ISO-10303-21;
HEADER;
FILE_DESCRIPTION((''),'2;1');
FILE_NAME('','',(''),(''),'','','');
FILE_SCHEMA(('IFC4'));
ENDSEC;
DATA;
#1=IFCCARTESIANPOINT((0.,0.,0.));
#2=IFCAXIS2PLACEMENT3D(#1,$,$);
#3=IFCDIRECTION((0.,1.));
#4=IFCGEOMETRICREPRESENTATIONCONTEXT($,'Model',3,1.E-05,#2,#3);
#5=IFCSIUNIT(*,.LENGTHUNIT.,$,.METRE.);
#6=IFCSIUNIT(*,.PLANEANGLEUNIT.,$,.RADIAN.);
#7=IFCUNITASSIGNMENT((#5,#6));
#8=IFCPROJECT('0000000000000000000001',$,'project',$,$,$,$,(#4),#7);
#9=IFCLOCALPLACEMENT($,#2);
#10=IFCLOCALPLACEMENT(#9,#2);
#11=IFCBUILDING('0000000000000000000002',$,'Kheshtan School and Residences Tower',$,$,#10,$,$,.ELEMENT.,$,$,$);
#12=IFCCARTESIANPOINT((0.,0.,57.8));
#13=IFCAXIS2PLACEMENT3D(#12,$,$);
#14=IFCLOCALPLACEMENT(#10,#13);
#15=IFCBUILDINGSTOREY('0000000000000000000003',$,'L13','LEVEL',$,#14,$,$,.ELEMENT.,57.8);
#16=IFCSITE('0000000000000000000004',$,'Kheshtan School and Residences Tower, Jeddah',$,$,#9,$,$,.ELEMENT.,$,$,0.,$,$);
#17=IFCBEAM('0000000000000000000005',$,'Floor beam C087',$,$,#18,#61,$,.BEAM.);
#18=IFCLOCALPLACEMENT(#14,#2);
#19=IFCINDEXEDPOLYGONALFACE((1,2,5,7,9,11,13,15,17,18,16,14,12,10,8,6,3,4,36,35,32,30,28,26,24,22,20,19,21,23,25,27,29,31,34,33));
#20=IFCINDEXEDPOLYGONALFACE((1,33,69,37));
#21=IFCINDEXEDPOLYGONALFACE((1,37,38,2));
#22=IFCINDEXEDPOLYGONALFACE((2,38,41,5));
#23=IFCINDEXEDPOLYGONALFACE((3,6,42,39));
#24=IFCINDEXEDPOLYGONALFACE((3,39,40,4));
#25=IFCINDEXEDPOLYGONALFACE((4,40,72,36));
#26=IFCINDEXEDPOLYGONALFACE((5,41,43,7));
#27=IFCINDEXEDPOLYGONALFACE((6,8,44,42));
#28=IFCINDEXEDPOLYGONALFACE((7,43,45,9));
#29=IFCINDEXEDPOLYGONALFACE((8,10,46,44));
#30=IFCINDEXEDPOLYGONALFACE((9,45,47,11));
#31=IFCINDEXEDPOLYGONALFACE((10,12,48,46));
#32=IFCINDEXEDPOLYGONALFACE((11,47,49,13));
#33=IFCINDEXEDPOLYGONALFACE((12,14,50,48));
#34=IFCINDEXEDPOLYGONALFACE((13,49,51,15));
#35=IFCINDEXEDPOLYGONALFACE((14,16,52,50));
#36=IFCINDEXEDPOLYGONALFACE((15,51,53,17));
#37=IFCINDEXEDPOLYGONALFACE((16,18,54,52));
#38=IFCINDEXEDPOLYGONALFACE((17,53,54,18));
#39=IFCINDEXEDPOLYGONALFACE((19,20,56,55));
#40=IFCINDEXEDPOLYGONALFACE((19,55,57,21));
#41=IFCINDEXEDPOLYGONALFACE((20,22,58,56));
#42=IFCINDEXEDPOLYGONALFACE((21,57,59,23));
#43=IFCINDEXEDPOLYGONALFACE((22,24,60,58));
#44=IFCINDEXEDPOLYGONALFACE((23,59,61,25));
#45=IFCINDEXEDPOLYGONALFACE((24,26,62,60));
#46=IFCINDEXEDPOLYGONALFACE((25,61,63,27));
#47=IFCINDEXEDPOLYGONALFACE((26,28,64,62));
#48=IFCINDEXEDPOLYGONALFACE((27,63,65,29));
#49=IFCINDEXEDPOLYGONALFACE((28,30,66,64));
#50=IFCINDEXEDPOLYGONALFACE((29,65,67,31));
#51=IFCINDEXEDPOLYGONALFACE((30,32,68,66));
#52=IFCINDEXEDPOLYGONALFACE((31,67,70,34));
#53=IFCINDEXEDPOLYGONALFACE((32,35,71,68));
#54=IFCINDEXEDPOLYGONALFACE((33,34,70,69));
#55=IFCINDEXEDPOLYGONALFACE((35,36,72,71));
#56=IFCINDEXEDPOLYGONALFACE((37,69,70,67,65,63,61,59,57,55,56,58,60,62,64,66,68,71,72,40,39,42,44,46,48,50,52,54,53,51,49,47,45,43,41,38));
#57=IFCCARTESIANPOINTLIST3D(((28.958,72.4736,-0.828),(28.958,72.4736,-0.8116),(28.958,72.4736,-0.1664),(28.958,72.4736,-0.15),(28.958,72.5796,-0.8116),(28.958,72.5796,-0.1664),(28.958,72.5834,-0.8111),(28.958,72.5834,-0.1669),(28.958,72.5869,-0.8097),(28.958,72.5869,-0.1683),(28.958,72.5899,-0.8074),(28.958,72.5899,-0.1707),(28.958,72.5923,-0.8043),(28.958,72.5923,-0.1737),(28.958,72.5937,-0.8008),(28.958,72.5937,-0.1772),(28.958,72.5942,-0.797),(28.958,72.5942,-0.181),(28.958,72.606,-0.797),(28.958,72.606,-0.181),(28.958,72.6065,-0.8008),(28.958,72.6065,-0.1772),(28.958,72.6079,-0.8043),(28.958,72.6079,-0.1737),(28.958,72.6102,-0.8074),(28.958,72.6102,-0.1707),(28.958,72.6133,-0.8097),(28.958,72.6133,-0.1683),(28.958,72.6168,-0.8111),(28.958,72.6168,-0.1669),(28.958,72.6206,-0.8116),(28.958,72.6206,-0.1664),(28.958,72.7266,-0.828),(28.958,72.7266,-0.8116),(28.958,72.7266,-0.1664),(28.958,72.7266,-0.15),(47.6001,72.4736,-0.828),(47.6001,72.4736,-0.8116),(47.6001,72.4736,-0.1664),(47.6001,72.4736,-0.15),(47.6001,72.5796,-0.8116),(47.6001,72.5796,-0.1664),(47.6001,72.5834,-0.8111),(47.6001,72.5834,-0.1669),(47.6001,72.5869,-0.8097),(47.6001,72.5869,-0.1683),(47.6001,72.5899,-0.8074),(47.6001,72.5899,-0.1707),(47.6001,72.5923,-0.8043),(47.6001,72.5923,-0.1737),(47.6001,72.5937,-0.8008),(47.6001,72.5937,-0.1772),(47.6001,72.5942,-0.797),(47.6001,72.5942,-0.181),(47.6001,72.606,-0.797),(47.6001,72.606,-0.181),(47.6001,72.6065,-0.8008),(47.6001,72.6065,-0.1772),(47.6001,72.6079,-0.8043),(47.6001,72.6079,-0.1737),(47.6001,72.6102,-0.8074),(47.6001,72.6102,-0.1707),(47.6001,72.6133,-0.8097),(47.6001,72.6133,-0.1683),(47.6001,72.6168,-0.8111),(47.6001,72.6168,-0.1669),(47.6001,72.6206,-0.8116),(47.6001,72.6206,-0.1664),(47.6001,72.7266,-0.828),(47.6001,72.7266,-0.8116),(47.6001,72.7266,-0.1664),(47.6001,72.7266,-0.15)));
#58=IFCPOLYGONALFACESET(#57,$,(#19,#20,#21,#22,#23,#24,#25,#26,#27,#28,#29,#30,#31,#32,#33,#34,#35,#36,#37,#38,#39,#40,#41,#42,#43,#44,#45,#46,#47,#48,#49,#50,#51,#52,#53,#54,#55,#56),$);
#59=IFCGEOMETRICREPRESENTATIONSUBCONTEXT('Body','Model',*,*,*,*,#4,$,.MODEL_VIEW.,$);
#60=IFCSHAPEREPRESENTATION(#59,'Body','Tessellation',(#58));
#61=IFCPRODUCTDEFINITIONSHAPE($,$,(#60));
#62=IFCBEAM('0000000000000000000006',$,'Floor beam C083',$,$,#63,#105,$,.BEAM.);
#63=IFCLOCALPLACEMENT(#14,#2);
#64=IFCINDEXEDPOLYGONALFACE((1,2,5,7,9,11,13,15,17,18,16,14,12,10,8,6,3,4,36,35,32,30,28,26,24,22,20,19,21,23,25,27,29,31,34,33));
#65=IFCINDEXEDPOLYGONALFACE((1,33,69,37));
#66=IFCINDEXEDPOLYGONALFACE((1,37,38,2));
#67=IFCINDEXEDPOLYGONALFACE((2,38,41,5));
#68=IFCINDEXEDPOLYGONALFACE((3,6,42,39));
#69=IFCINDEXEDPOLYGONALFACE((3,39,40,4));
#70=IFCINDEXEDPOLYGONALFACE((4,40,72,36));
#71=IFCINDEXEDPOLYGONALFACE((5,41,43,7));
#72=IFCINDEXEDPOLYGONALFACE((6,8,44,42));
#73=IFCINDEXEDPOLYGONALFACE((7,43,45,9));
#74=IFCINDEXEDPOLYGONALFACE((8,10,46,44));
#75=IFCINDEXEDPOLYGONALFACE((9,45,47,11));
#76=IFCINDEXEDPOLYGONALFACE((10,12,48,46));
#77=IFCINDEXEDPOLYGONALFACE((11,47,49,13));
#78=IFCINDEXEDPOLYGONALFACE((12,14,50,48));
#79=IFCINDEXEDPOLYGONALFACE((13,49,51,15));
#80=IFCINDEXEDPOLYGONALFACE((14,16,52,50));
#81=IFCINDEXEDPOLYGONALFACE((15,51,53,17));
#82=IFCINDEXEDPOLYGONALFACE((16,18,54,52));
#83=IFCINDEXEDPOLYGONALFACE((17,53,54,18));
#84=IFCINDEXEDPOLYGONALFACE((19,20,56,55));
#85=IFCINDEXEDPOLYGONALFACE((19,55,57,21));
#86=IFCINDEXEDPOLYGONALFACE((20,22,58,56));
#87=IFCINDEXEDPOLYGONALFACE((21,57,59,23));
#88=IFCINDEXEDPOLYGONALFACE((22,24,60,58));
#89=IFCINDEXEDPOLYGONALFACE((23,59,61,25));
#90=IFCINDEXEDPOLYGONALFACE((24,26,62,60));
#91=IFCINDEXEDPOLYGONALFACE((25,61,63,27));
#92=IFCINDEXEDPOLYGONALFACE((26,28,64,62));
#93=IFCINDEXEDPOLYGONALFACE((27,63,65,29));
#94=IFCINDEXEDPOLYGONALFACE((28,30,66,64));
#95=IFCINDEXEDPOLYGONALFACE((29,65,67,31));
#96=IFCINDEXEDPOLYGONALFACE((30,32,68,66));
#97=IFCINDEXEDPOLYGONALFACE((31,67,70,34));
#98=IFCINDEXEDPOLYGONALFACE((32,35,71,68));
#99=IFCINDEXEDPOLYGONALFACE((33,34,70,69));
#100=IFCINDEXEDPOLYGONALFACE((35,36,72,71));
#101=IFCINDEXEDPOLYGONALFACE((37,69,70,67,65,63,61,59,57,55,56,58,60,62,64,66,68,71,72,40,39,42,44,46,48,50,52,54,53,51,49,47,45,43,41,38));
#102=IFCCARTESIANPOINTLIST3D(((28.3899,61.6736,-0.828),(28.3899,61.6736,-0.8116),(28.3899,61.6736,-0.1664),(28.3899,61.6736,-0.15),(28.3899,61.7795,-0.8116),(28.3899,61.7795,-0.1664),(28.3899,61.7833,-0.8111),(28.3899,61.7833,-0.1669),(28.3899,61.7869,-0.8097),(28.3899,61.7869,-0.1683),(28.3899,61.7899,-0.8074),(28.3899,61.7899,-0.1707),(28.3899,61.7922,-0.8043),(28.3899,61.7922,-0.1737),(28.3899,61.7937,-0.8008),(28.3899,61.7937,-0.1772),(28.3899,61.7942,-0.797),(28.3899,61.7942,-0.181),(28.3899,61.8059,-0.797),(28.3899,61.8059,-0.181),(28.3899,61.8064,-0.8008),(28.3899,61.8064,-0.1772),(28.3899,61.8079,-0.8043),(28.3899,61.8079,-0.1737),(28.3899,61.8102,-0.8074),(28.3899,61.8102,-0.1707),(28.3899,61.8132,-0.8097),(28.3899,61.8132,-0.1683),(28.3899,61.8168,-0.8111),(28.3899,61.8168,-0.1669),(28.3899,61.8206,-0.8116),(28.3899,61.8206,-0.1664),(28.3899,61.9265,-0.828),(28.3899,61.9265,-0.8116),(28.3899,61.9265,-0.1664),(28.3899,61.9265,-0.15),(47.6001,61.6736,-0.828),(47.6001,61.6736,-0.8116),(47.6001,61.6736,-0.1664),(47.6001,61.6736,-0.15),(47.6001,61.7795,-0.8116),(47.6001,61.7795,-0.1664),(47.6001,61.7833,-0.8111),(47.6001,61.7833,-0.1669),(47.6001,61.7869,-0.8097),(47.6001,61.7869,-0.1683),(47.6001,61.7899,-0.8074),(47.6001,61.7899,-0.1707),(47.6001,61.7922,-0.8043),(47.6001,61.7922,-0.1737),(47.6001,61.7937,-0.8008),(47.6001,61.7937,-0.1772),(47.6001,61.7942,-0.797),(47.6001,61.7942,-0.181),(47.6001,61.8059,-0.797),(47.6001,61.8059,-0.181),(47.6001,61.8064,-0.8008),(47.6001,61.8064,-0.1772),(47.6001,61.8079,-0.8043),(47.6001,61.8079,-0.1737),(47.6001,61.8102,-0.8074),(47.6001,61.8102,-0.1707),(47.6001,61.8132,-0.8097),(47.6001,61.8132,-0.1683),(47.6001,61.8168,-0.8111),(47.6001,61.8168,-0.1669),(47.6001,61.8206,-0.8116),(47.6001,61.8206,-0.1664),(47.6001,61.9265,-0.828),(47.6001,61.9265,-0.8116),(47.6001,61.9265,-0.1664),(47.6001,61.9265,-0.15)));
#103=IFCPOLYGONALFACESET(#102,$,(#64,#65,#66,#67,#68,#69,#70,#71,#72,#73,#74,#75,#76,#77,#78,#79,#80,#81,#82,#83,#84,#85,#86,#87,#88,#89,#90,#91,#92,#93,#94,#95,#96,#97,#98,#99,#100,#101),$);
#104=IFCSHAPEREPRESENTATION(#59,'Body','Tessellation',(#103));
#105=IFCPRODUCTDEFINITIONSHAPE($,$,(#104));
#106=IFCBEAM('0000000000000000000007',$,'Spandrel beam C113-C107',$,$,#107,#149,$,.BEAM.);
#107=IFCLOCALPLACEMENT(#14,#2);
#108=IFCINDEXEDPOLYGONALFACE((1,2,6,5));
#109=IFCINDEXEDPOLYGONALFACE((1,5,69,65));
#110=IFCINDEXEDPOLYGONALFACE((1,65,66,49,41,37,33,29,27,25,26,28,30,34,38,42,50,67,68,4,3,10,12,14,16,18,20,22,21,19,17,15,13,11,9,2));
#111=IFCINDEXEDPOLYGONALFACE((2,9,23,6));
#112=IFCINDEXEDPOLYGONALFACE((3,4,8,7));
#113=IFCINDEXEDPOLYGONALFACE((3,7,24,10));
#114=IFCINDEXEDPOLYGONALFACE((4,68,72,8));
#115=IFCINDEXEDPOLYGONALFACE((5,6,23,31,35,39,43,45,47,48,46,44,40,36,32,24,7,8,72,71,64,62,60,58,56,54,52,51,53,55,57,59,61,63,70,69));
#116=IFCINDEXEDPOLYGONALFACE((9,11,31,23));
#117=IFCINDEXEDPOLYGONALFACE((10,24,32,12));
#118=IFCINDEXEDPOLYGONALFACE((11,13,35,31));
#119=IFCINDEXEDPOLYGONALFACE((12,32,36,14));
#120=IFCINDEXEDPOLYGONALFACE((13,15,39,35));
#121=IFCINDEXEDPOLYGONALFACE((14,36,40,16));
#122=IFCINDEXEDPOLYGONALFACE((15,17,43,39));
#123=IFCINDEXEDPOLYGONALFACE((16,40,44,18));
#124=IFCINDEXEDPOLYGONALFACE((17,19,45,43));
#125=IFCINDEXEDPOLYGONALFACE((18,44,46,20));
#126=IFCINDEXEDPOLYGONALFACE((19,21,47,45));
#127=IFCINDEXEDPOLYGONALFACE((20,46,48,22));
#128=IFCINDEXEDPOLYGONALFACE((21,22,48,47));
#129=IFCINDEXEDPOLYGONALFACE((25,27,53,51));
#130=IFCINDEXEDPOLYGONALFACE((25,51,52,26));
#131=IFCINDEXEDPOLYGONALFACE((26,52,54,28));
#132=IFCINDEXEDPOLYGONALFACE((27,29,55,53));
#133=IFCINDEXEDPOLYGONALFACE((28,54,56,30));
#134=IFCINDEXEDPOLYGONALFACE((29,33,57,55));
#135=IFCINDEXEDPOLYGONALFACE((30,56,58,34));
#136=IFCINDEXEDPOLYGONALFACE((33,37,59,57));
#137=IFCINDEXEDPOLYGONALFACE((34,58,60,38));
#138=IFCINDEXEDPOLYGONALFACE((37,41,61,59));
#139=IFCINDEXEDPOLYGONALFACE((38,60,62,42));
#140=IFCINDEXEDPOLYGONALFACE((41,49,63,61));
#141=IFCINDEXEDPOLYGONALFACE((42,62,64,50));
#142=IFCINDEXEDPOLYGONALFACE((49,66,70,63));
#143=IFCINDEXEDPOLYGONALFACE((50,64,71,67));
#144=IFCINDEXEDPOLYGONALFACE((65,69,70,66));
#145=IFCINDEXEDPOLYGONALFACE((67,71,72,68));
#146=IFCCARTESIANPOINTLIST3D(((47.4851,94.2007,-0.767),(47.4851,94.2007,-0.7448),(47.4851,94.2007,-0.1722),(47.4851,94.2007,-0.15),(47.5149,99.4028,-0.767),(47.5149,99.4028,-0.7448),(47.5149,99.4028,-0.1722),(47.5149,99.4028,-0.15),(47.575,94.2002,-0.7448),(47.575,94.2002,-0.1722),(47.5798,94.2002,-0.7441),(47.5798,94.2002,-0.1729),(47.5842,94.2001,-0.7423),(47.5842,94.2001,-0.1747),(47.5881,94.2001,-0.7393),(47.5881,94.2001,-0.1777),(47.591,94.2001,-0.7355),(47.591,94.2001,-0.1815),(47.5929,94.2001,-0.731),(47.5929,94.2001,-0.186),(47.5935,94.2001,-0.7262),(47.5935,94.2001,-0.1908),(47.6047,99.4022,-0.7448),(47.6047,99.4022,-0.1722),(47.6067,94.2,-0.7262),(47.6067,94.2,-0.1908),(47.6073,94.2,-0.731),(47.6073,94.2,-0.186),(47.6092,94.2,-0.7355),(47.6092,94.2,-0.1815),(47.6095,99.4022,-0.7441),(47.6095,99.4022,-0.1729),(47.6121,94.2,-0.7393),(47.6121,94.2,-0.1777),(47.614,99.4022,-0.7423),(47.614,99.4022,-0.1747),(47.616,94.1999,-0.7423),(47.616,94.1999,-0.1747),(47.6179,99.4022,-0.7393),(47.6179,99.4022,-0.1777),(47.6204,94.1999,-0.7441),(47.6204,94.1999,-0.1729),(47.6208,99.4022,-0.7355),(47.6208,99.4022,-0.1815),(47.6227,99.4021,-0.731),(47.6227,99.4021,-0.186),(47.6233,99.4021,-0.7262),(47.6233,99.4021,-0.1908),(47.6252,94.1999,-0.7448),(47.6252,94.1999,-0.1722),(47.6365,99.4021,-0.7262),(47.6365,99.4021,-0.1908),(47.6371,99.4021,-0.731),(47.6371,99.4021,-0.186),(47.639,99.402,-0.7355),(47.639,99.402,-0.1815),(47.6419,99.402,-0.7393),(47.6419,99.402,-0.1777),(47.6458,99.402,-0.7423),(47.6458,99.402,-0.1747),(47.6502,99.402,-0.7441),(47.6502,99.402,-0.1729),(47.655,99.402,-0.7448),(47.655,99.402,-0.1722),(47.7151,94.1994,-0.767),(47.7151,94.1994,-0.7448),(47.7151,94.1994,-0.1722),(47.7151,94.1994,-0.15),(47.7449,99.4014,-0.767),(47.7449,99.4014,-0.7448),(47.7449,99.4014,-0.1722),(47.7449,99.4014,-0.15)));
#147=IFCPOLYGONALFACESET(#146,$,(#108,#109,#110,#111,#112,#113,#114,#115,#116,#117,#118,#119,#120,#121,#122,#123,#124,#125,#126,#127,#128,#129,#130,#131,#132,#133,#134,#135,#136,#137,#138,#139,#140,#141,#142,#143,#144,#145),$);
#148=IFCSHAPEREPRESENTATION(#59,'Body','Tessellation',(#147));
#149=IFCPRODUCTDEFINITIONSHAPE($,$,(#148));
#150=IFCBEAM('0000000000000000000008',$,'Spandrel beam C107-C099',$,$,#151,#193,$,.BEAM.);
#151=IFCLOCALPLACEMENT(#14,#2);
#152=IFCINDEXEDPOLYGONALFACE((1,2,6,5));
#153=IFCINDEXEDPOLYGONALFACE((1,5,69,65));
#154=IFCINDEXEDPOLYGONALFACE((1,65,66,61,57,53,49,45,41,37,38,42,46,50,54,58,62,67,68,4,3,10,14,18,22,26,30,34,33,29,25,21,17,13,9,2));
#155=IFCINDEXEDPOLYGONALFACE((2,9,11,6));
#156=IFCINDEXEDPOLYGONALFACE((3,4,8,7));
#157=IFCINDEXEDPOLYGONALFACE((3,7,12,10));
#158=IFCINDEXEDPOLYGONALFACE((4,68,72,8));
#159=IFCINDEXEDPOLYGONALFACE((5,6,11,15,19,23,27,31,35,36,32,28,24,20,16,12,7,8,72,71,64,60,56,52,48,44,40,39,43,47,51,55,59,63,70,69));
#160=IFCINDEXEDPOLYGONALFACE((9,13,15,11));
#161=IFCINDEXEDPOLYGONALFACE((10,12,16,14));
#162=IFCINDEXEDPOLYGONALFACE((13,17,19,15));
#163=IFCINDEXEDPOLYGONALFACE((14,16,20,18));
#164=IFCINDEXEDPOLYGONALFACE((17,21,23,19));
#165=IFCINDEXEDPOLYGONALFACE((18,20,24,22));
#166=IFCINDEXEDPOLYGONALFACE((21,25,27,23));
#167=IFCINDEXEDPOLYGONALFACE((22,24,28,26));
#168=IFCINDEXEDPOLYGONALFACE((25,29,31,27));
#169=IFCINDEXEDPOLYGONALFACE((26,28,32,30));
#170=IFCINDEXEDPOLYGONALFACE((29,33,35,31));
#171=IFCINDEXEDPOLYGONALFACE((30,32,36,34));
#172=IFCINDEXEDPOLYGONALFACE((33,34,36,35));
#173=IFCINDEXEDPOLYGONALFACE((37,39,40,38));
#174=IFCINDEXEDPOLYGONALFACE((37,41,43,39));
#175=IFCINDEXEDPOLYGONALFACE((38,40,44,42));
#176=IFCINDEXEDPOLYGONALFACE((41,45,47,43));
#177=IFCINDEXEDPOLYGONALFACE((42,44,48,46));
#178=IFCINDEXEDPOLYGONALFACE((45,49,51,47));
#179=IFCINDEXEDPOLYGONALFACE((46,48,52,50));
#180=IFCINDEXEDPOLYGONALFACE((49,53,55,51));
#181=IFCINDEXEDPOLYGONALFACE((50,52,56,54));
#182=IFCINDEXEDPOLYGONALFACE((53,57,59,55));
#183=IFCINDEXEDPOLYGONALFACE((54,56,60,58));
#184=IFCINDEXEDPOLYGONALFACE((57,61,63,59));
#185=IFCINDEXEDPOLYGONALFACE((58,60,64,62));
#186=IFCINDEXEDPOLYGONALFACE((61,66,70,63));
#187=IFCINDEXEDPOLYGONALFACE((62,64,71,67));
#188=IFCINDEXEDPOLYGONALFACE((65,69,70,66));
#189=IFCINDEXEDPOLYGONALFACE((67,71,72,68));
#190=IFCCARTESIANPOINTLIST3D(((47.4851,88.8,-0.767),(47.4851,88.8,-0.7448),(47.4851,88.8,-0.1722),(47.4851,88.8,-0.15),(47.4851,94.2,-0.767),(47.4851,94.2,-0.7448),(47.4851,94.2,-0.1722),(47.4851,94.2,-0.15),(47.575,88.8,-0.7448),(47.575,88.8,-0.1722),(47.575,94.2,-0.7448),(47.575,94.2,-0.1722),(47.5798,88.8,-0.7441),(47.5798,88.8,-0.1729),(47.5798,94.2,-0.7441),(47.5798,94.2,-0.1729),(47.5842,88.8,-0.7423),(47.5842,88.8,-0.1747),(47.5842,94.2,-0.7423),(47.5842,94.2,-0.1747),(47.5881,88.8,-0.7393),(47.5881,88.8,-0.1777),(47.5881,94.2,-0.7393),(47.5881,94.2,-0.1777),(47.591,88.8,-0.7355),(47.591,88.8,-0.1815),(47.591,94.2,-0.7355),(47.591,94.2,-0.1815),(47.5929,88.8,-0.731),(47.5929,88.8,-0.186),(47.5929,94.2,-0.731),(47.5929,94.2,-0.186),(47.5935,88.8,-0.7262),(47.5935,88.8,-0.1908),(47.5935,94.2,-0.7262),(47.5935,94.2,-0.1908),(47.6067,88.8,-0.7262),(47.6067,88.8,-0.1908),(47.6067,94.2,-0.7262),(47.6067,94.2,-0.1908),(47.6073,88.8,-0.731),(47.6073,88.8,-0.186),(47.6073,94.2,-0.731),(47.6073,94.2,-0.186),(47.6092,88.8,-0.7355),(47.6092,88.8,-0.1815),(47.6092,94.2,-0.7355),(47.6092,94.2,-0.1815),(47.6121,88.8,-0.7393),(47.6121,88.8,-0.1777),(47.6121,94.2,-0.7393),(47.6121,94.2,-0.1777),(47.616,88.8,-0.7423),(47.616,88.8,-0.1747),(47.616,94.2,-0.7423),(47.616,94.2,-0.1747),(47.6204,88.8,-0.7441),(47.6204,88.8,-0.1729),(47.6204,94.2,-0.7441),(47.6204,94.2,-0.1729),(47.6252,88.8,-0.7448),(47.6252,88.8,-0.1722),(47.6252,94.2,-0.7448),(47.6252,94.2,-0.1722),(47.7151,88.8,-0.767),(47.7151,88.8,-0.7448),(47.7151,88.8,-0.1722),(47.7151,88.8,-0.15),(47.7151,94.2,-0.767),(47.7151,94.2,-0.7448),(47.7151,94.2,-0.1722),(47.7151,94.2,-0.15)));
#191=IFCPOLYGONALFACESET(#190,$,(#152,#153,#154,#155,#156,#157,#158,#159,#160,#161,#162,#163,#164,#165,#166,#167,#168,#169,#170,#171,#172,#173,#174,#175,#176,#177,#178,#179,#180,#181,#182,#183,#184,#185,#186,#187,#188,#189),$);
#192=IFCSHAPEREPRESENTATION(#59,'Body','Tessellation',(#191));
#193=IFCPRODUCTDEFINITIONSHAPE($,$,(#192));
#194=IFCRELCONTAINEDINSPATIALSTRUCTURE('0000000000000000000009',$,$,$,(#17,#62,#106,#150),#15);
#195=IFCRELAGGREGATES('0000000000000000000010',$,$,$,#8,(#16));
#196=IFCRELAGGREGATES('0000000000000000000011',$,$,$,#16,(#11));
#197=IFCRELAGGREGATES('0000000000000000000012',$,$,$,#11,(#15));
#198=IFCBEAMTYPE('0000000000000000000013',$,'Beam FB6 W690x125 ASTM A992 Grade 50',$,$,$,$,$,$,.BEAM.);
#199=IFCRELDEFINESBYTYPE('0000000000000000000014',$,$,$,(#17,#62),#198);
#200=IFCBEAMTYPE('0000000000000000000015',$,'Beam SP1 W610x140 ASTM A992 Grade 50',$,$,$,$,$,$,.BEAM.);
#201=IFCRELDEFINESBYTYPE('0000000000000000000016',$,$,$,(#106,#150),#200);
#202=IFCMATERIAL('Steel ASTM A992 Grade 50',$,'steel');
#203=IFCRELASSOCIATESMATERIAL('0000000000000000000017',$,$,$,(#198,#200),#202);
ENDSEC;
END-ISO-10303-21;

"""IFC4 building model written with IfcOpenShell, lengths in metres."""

from ifc_helpers import new_model, si_unit, direction, frame, origin, origin_2d, place, context, subcontext, project, spatial, i_section, extrude, material, material_profile, profile_set, type_object, element, save


model = new_model("IFC4")

# Units and contexts
model_context = context("Model", 3, precision=1e-05, world=origin(), true_north=direction((0.0, 1.0)))
body_context = subcontext(model_context, "Body", "Model", "MODEL_VIEW")
ifc_project = project(units=[si_unit("LENGTHUNIT", "METRE"), si_unit("PLANEANGLEUNIT", "RADIAN")], contexts=[model_context])

# Site, building, storey
site_placement = place(None, origin())
site = spatial("IfcSite", under=ifc_project, at=site_placement, Name="Kheshtan School and Residences Tower, Jeddah", CompositionType="ELEMENT", RefElevation=0.0)
building_placement = place(site_placement, origin())
building = spatial("IfcBuilding", under=site, at=building_placement, Name="Kheshtan School and Residences Tower", CompositionType="ELEMENT")
storey_placement = place(building_placement, frame((0.0, 0.0, 57.8)))
storey = spatial("IfcBuildingStorey", under=building, at=storey_placement, Name="L13", Description="LEVEL", CompositionType="ELEMENT", Elevation=57.8)

# Shared definitions
ifc_material = material(Name="Steel ASTM A992 Grade 50", Category="steel")

# Beams
ifc_material_profile_1 = material_profile(ifc_material, i_section(OverallWidth=0.2529, OverallDepth=0.678, WebThickness=0.0117, FlangeThickness=0.0164, FilletRadius=0.0146, at=origin_2d()), Name="W690x125")
ifc_profile_set_1 = profile_set([ifc_material_profile_1], Name="Steel ASTM A992 Grade 50")
beam_type_1 = type_object("IfcBeamType", Name="Beam FB6 W690x125 ASTM A992 Grade 50", PredefinedType="BEAM", material=ifc_profile_set_1)
beam_1_placement = place(storey_placement, frame((47.6001, 72.6001, -0.489), z_axis=(-1.0, 0.0, 0.0), x_axis=(0.0, -1.0, 0.0)))
element("IfcBeam", 1, at=beam_1_placement, inside=storey, type_object=beam_type_1, Name="Floor beam C087", PredefinedType="BEAM", context=body_context, shape_type="SweptSolid", body=[
    extrude(i_section(OverallWidth=0.2529, OverallDepth=0.678, WebThickness=0.0117, FlangeThickness=0.0164, FilletRadius=0.0146, at=origin_2d()), origin(), (0.0, 0.0, 1.0), 18.6421),
])
beam_2_placement = place(storey_placement, frame((47.6001, 61.8, -0.489), z_axis=(-1.0, 0.0, 0.0), x_axis=(0.0, -1.0, 0.0)))
element("IfcBeam", 2, at=beam_2_placement, inside=storey, type_object=beam_type_1, Name="Floor beam C083", PredefinedType="BEAM", context=body_context, shape_type="SweptSolid", body=[
    extrude(i_section(OverallWidth=0.2529, OverallDepth=0.678, WebThickness=0.0117, FlangeThickness=0.0164, FilletRadius=0.0146, at=origin_2d()), origin(), (0.0, 0.0, 1.0), 19.2102),
])
ifc_material_profile_2 = material_profile(ifc_material, i_section(OverallWidth=0.23, OverallDepth=0.6169, WebThickness=0.0132, FlangeThickness=0.0222, FilletRadius=0.0186, at=origin_2d()), Name="W610x140")
ifc_profile_set_2 = profile_set([ifc_material_profile_2], Name="Steel ASTM A992 Grade 50")
beam_type_2 = type_object("IfcBeamType", Name="Beam SP1 W610x140 ASTM A992 Grade 50", PredefinedType="BEAM", material=ifc_profile_set_2)
beam_3_placement = place(storey_placement, frame((47.6299, 99.4021, -0.4585), z_axis=(-0.005725, -0.999984, 0.0), x_axis=(0.999984, -0.005725, 0.0)))
element("IfcBeam", 3, at=beam_3_placement, inside=storey, type_object=beam_type_2, Name="Spandrel beam C113-C107", PredefinedType="BEAM", context=body_context, shape_type="SweptSolid", body=[
    extrude(i_section(OverallWidth=0.23, OverallDepth=0.6169, WebThickness=0.0132, FlangeThickness=0.0222, FilletRadius=0.0186, at=origin_2d()), origin(), (0.0, 0.0, 1.0), 5.2021),
])
beam_4_placement = place(storey_placement, frame((47.6001, 94.2, -0.4585), z_axis=(0.0, -1.0, 0.0), x_axis=(1.0, 0.0, 0.0)))
element("IfcBeam", 4, at=beam_4_placement, inside=storey, type_object=beam_type_2, Name="Spandrel beam C107-C099", PredefinedType="BEAM", context=body_context, shape_type="SweptSolid", body=[
    extrude(i_section(OverallWidth=0.23, OverallDepth=0.6169, WebThickness=0.0132, FlangeThickness=0.0222, FilletRadius=0.0186, at=origin_2d()), origin(), (0.0, 0.0, 1.0), 5.3999),
])

save(model, "model.ifc")
